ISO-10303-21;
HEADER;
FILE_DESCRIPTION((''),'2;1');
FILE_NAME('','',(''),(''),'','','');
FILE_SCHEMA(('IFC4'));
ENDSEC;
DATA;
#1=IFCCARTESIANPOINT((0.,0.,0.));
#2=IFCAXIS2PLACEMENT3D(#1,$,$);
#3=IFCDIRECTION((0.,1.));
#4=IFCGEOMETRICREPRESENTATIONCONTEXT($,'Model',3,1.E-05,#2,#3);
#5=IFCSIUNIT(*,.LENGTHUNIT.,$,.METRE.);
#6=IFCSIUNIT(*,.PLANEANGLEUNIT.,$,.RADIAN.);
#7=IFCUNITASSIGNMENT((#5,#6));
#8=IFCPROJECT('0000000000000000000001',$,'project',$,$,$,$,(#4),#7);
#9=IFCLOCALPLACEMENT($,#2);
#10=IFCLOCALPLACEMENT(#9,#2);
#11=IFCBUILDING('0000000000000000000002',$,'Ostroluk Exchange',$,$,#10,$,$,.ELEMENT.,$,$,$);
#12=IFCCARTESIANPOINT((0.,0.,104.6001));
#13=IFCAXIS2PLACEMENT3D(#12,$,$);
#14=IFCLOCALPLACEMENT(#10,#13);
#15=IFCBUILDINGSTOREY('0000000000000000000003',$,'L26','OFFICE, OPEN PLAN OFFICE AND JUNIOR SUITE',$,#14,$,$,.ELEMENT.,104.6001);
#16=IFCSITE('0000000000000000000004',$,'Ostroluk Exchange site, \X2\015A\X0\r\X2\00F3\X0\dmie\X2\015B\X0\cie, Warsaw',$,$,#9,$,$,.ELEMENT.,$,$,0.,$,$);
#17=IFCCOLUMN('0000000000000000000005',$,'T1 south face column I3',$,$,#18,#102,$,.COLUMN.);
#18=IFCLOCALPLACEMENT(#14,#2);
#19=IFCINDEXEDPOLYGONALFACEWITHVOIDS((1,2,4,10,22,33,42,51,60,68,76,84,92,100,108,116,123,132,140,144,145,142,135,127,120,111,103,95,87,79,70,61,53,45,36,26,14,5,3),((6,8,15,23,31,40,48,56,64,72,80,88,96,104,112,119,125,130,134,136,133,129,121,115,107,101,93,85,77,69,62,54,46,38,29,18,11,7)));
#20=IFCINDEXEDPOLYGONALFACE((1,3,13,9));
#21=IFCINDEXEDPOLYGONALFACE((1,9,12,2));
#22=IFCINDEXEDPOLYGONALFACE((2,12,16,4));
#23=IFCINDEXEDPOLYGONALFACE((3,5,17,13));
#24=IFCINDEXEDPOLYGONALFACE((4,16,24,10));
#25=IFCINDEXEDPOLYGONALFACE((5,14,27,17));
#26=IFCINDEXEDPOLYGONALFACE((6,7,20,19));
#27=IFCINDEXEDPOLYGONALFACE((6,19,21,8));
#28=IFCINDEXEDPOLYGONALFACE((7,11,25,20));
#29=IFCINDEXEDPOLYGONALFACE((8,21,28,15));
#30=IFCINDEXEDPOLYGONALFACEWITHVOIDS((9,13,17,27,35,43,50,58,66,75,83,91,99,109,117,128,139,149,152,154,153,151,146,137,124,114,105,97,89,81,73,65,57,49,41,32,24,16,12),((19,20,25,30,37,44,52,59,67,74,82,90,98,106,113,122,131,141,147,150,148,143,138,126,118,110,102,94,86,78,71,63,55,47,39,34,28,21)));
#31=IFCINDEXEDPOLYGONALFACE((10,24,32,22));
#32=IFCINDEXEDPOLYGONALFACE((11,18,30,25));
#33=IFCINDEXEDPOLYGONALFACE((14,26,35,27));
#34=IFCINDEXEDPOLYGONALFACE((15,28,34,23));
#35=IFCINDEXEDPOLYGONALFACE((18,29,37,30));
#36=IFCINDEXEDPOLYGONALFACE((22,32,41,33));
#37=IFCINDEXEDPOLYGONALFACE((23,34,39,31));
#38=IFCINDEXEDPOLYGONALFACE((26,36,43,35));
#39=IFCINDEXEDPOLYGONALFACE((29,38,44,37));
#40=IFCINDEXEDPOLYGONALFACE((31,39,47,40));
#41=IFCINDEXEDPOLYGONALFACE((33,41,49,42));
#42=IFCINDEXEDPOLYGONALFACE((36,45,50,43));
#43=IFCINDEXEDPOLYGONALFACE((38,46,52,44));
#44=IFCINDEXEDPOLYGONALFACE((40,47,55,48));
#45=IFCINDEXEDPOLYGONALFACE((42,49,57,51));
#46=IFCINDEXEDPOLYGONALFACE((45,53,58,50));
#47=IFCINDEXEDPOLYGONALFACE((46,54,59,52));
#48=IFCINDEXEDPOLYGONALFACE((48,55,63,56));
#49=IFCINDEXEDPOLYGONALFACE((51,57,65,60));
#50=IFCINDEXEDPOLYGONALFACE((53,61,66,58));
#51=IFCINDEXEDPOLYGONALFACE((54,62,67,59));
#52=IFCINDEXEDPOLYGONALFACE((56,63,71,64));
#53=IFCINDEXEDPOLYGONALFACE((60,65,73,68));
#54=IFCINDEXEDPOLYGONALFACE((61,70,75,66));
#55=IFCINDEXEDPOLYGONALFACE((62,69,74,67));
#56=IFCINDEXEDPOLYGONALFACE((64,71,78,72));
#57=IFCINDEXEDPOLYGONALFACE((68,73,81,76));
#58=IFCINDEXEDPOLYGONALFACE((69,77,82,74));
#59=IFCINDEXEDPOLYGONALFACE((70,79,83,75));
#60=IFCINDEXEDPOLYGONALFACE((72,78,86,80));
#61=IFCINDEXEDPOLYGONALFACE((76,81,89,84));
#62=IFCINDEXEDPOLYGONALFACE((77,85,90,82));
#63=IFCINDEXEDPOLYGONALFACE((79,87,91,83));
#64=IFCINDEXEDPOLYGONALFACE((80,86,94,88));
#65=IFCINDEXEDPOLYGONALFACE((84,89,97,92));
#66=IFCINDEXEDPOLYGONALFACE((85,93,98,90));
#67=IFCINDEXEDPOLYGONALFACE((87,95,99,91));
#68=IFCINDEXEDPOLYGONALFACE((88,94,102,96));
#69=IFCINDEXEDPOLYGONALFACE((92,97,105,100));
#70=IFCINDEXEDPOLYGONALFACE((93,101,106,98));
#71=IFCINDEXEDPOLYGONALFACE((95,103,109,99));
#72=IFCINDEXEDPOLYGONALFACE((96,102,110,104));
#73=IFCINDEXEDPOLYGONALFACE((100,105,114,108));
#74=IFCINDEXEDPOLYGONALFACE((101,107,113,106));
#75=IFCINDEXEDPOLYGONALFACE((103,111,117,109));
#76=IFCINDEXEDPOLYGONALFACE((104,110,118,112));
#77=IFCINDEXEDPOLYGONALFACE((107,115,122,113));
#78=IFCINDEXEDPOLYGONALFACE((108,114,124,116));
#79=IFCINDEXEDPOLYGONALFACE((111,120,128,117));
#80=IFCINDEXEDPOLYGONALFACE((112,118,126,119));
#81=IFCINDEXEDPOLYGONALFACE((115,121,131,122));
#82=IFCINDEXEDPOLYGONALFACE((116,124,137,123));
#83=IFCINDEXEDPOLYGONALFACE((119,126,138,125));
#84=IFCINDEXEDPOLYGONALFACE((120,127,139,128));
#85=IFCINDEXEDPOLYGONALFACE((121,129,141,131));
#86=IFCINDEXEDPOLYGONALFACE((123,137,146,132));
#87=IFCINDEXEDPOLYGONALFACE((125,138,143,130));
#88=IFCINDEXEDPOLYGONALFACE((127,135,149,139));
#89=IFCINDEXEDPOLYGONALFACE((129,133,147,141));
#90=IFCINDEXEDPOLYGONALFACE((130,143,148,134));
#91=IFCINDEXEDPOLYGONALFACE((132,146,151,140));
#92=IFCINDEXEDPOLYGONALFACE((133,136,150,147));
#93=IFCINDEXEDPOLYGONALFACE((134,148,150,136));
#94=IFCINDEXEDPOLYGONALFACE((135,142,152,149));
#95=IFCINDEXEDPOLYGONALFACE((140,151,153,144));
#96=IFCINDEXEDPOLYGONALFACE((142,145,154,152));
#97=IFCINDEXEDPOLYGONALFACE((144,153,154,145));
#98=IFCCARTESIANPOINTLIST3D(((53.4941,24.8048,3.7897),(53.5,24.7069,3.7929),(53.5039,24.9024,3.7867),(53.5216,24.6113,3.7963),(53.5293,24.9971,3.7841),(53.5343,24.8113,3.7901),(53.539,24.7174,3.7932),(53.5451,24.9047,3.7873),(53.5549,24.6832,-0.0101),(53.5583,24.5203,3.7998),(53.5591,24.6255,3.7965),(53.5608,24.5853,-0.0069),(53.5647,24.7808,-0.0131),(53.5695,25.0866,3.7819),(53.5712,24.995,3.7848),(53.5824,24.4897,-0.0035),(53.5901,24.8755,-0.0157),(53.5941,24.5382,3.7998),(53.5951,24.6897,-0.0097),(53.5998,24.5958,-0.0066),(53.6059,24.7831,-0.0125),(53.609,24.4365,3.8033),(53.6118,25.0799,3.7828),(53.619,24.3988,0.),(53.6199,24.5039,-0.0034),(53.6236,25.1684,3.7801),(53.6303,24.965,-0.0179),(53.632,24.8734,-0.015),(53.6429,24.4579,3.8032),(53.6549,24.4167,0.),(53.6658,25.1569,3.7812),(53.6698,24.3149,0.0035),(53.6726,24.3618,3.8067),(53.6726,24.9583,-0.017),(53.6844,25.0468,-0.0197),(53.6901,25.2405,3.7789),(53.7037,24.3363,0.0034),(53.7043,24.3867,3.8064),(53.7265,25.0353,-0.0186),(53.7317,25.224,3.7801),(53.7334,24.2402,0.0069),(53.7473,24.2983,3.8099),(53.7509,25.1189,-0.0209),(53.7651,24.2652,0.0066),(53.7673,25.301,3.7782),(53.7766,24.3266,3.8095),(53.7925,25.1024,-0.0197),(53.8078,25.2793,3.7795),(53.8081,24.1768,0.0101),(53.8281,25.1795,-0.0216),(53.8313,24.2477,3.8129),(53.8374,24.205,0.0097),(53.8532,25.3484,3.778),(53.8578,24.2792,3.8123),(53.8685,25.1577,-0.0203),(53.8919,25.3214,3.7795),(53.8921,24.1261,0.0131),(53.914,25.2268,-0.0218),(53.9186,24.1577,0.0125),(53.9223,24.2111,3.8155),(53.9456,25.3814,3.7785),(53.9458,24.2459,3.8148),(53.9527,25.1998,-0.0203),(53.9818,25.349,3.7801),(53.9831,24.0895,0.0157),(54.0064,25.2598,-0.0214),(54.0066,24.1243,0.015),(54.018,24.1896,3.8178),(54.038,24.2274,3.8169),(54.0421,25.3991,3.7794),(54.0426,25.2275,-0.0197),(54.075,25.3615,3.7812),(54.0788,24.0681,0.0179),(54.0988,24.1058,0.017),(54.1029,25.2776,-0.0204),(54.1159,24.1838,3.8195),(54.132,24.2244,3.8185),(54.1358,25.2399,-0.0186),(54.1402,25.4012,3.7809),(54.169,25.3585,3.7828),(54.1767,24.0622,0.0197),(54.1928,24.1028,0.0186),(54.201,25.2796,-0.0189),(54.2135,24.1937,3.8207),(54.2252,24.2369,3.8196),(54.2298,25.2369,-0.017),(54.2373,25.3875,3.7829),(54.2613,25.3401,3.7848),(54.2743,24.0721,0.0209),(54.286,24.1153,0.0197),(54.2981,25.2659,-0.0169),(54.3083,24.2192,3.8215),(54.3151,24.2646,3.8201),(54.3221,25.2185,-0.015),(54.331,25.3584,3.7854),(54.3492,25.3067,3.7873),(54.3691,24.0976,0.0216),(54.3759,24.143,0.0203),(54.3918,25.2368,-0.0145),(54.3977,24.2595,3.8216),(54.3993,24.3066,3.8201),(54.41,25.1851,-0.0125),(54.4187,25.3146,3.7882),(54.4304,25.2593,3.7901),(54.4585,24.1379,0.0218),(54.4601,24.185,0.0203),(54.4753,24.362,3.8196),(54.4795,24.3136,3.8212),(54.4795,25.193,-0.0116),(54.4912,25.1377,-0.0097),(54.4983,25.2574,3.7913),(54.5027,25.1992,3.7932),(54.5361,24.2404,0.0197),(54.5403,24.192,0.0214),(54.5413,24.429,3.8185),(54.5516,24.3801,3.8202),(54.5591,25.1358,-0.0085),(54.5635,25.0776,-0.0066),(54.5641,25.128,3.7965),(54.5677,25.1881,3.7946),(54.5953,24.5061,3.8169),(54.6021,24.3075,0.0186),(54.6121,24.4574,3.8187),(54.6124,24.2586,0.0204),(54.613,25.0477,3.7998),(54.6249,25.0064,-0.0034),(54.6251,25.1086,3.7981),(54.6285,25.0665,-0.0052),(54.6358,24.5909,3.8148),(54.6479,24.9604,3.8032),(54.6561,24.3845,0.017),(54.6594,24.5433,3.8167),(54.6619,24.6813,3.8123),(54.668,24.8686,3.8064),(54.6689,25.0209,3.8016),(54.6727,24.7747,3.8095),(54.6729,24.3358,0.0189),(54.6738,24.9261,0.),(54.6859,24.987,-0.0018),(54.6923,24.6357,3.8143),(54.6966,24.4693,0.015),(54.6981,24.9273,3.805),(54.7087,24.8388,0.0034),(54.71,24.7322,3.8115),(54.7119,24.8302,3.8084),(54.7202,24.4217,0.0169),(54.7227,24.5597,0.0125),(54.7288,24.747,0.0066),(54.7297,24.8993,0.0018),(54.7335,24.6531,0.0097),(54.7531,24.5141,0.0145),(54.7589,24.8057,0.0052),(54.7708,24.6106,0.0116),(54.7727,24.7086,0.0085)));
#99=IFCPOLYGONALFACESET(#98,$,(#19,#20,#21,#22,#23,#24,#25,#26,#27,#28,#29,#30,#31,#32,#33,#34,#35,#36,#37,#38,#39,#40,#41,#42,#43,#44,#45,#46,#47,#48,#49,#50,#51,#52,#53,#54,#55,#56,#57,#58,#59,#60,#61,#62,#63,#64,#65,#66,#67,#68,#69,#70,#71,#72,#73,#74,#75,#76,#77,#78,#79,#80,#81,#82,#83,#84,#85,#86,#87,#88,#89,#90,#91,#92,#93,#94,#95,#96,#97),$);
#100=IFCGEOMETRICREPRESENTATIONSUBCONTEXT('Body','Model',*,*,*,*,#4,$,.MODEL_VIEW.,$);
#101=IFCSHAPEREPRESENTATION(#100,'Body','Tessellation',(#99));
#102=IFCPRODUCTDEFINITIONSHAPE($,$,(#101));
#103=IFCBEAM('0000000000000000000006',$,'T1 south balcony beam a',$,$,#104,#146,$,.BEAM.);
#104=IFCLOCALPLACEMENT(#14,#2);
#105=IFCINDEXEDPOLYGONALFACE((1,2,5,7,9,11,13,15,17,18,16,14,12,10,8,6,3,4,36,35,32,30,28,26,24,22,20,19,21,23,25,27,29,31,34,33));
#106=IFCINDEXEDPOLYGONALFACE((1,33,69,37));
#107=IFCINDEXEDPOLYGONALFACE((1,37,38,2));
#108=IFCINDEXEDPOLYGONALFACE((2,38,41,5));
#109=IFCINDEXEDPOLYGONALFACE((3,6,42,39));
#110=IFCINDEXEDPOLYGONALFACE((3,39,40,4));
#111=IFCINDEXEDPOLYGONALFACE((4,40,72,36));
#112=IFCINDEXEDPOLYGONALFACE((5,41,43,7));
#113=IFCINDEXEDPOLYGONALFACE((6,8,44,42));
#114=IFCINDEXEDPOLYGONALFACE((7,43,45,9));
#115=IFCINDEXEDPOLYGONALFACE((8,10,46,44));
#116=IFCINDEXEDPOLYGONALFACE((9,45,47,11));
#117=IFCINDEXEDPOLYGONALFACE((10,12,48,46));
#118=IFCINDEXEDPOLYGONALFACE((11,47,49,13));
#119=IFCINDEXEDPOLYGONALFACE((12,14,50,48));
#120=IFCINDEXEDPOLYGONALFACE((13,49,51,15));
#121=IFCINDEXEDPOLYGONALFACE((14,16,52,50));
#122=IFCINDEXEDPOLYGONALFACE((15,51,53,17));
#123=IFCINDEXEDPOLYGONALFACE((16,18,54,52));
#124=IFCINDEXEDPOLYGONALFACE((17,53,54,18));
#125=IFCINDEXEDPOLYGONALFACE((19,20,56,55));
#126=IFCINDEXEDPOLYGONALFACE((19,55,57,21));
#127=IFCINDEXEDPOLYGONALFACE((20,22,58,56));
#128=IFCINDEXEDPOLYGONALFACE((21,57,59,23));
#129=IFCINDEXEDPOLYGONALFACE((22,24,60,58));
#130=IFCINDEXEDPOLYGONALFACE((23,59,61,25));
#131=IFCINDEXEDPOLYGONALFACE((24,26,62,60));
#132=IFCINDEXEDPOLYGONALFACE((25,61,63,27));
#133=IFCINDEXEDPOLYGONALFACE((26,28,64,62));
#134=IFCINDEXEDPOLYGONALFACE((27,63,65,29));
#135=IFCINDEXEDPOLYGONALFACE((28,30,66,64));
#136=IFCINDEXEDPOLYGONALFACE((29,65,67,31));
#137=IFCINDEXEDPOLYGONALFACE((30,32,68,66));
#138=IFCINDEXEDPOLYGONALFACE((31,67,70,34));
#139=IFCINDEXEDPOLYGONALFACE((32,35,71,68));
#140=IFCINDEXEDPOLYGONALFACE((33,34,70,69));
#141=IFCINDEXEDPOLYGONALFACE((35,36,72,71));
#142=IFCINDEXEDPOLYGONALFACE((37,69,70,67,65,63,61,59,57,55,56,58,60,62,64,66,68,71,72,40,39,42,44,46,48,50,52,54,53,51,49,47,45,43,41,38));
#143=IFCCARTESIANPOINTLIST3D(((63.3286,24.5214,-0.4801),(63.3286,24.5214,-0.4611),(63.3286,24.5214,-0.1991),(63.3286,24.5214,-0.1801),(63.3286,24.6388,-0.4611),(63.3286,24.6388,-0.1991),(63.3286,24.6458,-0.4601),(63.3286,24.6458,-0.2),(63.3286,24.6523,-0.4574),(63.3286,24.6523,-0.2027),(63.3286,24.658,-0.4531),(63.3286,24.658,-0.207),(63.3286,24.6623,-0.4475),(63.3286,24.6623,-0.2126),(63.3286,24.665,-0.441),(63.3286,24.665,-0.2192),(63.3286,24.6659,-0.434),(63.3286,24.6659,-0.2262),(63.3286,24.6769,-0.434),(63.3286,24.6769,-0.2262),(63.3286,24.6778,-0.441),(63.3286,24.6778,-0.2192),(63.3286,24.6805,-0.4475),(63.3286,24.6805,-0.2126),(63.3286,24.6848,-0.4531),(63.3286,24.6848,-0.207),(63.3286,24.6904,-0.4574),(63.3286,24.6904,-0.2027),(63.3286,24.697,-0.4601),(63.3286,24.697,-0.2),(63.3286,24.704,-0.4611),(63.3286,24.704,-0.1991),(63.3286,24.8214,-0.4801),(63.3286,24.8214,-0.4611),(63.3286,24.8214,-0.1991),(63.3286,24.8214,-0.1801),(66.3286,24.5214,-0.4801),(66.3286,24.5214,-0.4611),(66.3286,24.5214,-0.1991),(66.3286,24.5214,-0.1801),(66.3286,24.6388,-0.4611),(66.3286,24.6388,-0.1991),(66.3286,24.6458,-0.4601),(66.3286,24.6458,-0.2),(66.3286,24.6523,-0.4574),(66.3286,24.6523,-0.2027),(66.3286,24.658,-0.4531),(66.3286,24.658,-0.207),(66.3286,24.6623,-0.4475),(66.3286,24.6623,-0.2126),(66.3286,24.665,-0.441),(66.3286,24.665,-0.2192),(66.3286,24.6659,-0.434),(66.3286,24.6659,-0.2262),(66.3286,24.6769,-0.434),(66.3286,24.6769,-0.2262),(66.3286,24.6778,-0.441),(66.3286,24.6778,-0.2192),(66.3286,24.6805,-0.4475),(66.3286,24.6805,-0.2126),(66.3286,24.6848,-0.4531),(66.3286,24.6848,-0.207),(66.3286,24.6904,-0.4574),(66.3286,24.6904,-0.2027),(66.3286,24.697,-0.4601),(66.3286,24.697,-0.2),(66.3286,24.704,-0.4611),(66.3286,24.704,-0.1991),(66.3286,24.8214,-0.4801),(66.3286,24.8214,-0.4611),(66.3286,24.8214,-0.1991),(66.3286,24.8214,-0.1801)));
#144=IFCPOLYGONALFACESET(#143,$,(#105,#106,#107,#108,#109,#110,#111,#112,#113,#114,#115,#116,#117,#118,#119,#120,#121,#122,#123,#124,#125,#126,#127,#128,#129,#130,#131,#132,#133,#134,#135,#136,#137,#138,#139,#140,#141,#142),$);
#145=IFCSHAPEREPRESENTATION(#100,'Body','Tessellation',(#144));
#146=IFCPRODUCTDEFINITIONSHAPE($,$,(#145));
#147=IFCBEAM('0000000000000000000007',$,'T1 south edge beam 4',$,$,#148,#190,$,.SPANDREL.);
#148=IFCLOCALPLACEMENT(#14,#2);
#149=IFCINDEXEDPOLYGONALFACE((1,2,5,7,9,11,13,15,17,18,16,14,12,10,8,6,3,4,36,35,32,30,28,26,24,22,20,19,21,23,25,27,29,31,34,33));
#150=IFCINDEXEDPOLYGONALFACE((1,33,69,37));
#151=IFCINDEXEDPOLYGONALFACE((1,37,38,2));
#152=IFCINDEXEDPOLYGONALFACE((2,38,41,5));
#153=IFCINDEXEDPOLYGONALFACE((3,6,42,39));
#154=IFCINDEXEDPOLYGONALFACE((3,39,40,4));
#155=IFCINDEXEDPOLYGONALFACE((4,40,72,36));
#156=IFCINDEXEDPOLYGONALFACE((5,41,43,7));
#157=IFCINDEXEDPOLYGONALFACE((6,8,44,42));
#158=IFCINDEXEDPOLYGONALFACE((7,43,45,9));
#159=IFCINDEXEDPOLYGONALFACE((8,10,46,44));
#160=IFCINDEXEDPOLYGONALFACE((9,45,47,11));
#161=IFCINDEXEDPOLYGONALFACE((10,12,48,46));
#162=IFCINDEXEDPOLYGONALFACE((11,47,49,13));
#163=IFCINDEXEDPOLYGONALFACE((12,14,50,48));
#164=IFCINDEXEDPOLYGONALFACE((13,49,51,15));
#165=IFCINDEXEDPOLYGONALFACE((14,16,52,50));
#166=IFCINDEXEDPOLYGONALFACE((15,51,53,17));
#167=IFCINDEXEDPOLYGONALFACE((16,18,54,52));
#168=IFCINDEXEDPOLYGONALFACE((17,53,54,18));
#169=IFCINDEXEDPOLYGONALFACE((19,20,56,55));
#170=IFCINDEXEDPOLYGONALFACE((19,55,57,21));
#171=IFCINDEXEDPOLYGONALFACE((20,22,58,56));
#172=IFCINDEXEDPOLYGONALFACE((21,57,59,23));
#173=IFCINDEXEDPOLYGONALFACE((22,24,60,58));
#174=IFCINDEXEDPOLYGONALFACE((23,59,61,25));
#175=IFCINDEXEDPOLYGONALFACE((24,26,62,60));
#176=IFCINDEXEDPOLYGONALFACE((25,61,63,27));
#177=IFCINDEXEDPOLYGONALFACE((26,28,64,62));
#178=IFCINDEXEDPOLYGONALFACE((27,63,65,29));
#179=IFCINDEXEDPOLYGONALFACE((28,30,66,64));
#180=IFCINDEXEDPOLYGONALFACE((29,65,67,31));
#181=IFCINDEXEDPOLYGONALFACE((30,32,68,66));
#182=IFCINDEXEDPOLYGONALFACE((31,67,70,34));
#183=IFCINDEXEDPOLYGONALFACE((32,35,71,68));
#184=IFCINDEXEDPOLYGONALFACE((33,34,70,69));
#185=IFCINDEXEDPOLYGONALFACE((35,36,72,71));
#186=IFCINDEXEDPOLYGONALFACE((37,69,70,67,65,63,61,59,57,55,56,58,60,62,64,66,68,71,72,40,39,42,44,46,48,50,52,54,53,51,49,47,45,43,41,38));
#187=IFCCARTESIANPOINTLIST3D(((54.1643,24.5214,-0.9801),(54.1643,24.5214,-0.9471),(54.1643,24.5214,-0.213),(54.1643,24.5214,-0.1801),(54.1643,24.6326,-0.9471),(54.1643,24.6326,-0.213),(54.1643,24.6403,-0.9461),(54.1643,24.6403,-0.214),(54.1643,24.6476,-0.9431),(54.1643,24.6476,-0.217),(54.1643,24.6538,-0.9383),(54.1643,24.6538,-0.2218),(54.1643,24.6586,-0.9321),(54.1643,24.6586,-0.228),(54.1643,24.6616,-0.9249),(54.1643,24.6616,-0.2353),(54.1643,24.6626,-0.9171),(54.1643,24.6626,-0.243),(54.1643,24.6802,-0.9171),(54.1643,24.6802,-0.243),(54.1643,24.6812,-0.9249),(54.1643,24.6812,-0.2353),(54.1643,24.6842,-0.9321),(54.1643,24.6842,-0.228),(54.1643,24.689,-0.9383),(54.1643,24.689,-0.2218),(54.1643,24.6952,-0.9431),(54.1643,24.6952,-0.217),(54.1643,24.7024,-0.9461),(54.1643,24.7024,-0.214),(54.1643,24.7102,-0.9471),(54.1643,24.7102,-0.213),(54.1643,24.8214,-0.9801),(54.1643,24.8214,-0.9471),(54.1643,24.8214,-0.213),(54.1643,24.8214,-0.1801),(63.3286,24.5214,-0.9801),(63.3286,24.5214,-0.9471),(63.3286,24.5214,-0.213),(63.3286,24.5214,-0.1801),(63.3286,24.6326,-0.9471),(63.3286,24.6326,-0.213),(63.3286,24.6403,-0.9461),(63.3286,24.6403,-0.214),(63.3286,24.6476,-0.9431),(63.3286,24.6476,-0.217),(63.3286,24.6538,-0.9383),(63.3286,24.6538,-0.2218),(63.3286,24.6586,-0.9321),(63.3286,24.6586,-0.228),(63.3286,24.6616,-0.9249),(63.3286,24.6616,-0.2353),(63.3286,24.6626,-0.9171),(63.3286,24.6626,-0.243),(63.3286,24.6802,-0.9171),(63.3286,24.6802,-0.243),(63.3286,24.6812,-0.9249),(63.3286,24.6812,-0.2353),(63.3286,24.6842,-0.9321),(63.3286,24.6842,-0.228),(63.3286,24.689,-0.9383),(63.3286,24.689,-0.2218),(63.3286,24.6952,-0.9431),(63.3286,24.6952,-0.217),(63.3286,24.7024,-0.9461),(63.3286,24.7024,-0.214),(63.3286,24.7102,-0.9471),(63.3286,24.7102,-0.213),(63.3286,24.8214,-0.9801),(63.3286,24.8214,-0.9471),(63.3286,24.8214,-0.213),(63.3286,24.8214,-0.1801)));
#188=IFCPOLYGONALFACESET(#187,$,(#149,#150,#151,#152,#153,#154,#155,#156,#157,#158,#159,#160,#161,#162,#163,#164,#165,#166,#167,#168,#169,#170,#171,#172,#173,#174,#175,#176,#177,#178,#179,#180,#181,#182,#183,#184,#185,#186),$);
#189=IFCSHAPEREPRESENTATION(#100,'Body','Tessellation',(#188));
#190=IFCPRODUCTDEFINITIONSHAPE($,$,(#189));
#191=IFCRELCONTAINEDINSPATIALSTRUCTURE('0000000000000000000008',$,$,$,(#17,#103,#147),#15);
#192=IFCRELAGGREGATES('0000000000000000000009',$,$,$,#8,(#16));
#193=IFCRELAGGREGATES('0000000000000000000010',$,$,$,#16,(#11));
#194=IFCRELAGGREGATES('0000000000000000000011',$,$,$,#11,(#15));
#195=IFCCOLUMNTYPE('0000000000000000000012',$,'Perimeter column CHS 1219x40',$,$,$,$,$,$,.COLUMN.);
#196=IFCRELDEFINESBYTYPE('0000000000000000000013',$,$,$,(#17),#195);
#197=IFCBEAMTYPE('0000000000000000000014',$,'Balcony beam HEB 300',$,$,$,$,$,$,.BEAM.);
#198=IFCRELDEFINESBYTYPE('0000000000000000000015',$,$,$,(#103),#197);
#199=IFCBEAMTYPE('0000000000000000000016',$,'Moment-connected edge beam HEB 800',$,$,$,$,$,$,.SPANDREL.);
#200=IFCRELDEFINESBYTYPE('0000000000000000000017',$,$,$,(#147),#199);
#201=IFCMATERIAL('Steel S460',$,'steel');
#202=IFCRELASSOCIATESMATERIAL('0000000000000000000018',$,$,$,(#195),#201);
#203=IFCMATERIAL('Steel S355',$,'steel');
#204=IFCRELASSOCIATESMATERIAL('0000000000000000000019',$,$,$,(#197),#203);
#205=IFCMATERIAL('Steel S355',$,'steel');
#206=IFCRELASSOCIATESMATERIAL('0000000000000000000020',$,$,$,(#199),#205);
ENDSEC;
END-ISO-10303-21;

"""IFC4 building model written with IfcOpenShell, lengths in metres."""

from ifc_helpers import new_model, si_unit, direction, frame, origin, origin_2d, place, context, subcontext, project, spatial, hollow_circle, i_section, extrude, material, material_profile, profile_set, type_object, element, save


model = new_model("IFC4")

# Units and contexts
model_context = context("Model", 3, precision=1e-05, world=origin(), true_north=direction((0.0, 1.0)))
body_context = subcontext(model_context, "Body", "Model", "MODEL_VIEW")
ifc_project = project(units=[si_unit("LENGTHUNIT", "METRE"), si_unit("PLANEANGLEUNIT", "RADIAN")], contexts=[model_context])

# Site, building, storey
site_placement = place(None, origin())
site = spatial("IfcSite", under=ifc_project, at=site_placement, Name="Ostroluk Exchange site, Śródmieście, Warsaw", CompositionType="ELEMENT", RefElevation=0.0)
building_placement = place(site_placement, origin())
building = spatial("IfcBuilding", under=site, at=building_placement, Name="Ostroluk Exchange", CompositionType="ELEMENT")
storey_placement = place(building_placement, frame((0.0, 0.0, 104.6001)))
storey = spatial("IfcBuildingStorey", under=building, at=storey_placement, Name="L26", Description="OFFICE, OPEN PLAN OFFICE AND JUNIOR SUITE", CompositionType="ELEMENT", Elevation=104.6001)

# Column
ifc_material_1 = material(Name="Steel S460", Category="steel")
ifc_material_profile_1 = material_profile(ifc_material_1, hollow_circle(Radius=0.6096, WallThickness=0.04, at=origin_2d()), Name="CHS 1219x40")
ifc_profile_set_1 = profile_set([ifc_material_profile_1], Name="Steel S460")
column_type = type_object("IfcColumnType", Name="Perimeter column CHS 1219x40", PredefinedType="COLUMN", material=ifc_profile_set_1)
column_placement = place(storey_placement, frame((54.1643, 24.6714, 0.0), z_axis=(-0.015988, 0.031976, 0.999361), x_axis=(-0.894427, -0.447214, 0.0)))
element("IfcColumn", 1, at=column_placement, inside=storey, type_object=column_type, Name="T1 south face column I3", PredefinedType="COLUMN", context=body_context, shape_type="SweptSolid", body=[
    extrude(hollow_circle(Radius=0.6096, WallThickness=0.04, at=origin_2d()), origin(), (0.0, 0.0, 1.0), 3.8022),
])

# Beams
ifc_material_2 = material(Name="Steel S355", Category="steel")
ifc_material_profile_2 = material_profile(ifc_material_2, i_section(OverallWidth=0.3, OverallDepth=0.3, WebThickness=0.011, FlangeThickness=0.019, FilletRadius=0.0271, at=origin_2d()), Name="HEB 300")
ifc_profile_set_2 = profile_set([ifc_material_profile_2], Name="Steel S355")
beam_type_1 = type_object("IfcBeamType", Name="Balcony beam HEB 300", PredefinedType="BEAM", material=ifc_profile_set_2)
beam_1_placement = place(storey_placement, frame((63.3286, 24.6714, -0.3301), z_axis=(1.0, 0.0, 0.0), x_axis=(0.0, 1.0, 0.0)))
element("IfcBeam", 2, at=beam_1_placement, inside=storey, type_object=beam_type_1, Name="T1 south balcony beam a", PredefinedType="BEAM", context=body_context, shape_type="SweptSolid", body=[
    extrude(i_section(OverallWidth=0.3, OverallDepth=0.3, WebThickness=0.011, FlangeThickness=0.019, FilletRadius=0.0271, at=origin_2d()), origin(), (0.0, 0.0, 1.0), 3.0),
])
ifc_material_3 = material(Name="Steel S355", Category="steel")
ifc_material_profile_3 = material_profile(ifc_material_3, i_section(OverallWidth=0.3, OverallDepth=0.8, WebThickness=0.0176, FlangeThickness=0.033, FilletRadius=0.03, at=origin_2d()), Name="HEB 800")
ifc_profile_set_3 = profile_set([ifc_material_profile_3], Name="Steel S355")
beam_type_2 = type_object("IfcBeamType", Name="Moment-connected edge beam HEB 800", PredefinedType="SPANDREL", material=ifc_profile_set_3)
beam_2_placement = place(storey_placement, frame((54.1643, 24.6714, -0.5801), z_axis=(1.0, 0.0, 0.0), x_axis=(0.0, 1.0, 0.0)))
element("IfcBeam", 3, at=beam_2_placement, inside=storey, type_object=beam_type_2, Name="T1 south edge beam 4", PredefinedType="SPANDREL", context=body_context, shape_type="SweptSolid", body=[
    extrude(i_section(OverallWidth=0.3, OverallDepth=0.8, WebThickness=0.0176, FlangeThickness=0.033, FilletRadius=0.03, at=origin_2d()), origin(), (0.0, 0.0, 1.0), 9.1643),
])

save(model, "model.ifc")
